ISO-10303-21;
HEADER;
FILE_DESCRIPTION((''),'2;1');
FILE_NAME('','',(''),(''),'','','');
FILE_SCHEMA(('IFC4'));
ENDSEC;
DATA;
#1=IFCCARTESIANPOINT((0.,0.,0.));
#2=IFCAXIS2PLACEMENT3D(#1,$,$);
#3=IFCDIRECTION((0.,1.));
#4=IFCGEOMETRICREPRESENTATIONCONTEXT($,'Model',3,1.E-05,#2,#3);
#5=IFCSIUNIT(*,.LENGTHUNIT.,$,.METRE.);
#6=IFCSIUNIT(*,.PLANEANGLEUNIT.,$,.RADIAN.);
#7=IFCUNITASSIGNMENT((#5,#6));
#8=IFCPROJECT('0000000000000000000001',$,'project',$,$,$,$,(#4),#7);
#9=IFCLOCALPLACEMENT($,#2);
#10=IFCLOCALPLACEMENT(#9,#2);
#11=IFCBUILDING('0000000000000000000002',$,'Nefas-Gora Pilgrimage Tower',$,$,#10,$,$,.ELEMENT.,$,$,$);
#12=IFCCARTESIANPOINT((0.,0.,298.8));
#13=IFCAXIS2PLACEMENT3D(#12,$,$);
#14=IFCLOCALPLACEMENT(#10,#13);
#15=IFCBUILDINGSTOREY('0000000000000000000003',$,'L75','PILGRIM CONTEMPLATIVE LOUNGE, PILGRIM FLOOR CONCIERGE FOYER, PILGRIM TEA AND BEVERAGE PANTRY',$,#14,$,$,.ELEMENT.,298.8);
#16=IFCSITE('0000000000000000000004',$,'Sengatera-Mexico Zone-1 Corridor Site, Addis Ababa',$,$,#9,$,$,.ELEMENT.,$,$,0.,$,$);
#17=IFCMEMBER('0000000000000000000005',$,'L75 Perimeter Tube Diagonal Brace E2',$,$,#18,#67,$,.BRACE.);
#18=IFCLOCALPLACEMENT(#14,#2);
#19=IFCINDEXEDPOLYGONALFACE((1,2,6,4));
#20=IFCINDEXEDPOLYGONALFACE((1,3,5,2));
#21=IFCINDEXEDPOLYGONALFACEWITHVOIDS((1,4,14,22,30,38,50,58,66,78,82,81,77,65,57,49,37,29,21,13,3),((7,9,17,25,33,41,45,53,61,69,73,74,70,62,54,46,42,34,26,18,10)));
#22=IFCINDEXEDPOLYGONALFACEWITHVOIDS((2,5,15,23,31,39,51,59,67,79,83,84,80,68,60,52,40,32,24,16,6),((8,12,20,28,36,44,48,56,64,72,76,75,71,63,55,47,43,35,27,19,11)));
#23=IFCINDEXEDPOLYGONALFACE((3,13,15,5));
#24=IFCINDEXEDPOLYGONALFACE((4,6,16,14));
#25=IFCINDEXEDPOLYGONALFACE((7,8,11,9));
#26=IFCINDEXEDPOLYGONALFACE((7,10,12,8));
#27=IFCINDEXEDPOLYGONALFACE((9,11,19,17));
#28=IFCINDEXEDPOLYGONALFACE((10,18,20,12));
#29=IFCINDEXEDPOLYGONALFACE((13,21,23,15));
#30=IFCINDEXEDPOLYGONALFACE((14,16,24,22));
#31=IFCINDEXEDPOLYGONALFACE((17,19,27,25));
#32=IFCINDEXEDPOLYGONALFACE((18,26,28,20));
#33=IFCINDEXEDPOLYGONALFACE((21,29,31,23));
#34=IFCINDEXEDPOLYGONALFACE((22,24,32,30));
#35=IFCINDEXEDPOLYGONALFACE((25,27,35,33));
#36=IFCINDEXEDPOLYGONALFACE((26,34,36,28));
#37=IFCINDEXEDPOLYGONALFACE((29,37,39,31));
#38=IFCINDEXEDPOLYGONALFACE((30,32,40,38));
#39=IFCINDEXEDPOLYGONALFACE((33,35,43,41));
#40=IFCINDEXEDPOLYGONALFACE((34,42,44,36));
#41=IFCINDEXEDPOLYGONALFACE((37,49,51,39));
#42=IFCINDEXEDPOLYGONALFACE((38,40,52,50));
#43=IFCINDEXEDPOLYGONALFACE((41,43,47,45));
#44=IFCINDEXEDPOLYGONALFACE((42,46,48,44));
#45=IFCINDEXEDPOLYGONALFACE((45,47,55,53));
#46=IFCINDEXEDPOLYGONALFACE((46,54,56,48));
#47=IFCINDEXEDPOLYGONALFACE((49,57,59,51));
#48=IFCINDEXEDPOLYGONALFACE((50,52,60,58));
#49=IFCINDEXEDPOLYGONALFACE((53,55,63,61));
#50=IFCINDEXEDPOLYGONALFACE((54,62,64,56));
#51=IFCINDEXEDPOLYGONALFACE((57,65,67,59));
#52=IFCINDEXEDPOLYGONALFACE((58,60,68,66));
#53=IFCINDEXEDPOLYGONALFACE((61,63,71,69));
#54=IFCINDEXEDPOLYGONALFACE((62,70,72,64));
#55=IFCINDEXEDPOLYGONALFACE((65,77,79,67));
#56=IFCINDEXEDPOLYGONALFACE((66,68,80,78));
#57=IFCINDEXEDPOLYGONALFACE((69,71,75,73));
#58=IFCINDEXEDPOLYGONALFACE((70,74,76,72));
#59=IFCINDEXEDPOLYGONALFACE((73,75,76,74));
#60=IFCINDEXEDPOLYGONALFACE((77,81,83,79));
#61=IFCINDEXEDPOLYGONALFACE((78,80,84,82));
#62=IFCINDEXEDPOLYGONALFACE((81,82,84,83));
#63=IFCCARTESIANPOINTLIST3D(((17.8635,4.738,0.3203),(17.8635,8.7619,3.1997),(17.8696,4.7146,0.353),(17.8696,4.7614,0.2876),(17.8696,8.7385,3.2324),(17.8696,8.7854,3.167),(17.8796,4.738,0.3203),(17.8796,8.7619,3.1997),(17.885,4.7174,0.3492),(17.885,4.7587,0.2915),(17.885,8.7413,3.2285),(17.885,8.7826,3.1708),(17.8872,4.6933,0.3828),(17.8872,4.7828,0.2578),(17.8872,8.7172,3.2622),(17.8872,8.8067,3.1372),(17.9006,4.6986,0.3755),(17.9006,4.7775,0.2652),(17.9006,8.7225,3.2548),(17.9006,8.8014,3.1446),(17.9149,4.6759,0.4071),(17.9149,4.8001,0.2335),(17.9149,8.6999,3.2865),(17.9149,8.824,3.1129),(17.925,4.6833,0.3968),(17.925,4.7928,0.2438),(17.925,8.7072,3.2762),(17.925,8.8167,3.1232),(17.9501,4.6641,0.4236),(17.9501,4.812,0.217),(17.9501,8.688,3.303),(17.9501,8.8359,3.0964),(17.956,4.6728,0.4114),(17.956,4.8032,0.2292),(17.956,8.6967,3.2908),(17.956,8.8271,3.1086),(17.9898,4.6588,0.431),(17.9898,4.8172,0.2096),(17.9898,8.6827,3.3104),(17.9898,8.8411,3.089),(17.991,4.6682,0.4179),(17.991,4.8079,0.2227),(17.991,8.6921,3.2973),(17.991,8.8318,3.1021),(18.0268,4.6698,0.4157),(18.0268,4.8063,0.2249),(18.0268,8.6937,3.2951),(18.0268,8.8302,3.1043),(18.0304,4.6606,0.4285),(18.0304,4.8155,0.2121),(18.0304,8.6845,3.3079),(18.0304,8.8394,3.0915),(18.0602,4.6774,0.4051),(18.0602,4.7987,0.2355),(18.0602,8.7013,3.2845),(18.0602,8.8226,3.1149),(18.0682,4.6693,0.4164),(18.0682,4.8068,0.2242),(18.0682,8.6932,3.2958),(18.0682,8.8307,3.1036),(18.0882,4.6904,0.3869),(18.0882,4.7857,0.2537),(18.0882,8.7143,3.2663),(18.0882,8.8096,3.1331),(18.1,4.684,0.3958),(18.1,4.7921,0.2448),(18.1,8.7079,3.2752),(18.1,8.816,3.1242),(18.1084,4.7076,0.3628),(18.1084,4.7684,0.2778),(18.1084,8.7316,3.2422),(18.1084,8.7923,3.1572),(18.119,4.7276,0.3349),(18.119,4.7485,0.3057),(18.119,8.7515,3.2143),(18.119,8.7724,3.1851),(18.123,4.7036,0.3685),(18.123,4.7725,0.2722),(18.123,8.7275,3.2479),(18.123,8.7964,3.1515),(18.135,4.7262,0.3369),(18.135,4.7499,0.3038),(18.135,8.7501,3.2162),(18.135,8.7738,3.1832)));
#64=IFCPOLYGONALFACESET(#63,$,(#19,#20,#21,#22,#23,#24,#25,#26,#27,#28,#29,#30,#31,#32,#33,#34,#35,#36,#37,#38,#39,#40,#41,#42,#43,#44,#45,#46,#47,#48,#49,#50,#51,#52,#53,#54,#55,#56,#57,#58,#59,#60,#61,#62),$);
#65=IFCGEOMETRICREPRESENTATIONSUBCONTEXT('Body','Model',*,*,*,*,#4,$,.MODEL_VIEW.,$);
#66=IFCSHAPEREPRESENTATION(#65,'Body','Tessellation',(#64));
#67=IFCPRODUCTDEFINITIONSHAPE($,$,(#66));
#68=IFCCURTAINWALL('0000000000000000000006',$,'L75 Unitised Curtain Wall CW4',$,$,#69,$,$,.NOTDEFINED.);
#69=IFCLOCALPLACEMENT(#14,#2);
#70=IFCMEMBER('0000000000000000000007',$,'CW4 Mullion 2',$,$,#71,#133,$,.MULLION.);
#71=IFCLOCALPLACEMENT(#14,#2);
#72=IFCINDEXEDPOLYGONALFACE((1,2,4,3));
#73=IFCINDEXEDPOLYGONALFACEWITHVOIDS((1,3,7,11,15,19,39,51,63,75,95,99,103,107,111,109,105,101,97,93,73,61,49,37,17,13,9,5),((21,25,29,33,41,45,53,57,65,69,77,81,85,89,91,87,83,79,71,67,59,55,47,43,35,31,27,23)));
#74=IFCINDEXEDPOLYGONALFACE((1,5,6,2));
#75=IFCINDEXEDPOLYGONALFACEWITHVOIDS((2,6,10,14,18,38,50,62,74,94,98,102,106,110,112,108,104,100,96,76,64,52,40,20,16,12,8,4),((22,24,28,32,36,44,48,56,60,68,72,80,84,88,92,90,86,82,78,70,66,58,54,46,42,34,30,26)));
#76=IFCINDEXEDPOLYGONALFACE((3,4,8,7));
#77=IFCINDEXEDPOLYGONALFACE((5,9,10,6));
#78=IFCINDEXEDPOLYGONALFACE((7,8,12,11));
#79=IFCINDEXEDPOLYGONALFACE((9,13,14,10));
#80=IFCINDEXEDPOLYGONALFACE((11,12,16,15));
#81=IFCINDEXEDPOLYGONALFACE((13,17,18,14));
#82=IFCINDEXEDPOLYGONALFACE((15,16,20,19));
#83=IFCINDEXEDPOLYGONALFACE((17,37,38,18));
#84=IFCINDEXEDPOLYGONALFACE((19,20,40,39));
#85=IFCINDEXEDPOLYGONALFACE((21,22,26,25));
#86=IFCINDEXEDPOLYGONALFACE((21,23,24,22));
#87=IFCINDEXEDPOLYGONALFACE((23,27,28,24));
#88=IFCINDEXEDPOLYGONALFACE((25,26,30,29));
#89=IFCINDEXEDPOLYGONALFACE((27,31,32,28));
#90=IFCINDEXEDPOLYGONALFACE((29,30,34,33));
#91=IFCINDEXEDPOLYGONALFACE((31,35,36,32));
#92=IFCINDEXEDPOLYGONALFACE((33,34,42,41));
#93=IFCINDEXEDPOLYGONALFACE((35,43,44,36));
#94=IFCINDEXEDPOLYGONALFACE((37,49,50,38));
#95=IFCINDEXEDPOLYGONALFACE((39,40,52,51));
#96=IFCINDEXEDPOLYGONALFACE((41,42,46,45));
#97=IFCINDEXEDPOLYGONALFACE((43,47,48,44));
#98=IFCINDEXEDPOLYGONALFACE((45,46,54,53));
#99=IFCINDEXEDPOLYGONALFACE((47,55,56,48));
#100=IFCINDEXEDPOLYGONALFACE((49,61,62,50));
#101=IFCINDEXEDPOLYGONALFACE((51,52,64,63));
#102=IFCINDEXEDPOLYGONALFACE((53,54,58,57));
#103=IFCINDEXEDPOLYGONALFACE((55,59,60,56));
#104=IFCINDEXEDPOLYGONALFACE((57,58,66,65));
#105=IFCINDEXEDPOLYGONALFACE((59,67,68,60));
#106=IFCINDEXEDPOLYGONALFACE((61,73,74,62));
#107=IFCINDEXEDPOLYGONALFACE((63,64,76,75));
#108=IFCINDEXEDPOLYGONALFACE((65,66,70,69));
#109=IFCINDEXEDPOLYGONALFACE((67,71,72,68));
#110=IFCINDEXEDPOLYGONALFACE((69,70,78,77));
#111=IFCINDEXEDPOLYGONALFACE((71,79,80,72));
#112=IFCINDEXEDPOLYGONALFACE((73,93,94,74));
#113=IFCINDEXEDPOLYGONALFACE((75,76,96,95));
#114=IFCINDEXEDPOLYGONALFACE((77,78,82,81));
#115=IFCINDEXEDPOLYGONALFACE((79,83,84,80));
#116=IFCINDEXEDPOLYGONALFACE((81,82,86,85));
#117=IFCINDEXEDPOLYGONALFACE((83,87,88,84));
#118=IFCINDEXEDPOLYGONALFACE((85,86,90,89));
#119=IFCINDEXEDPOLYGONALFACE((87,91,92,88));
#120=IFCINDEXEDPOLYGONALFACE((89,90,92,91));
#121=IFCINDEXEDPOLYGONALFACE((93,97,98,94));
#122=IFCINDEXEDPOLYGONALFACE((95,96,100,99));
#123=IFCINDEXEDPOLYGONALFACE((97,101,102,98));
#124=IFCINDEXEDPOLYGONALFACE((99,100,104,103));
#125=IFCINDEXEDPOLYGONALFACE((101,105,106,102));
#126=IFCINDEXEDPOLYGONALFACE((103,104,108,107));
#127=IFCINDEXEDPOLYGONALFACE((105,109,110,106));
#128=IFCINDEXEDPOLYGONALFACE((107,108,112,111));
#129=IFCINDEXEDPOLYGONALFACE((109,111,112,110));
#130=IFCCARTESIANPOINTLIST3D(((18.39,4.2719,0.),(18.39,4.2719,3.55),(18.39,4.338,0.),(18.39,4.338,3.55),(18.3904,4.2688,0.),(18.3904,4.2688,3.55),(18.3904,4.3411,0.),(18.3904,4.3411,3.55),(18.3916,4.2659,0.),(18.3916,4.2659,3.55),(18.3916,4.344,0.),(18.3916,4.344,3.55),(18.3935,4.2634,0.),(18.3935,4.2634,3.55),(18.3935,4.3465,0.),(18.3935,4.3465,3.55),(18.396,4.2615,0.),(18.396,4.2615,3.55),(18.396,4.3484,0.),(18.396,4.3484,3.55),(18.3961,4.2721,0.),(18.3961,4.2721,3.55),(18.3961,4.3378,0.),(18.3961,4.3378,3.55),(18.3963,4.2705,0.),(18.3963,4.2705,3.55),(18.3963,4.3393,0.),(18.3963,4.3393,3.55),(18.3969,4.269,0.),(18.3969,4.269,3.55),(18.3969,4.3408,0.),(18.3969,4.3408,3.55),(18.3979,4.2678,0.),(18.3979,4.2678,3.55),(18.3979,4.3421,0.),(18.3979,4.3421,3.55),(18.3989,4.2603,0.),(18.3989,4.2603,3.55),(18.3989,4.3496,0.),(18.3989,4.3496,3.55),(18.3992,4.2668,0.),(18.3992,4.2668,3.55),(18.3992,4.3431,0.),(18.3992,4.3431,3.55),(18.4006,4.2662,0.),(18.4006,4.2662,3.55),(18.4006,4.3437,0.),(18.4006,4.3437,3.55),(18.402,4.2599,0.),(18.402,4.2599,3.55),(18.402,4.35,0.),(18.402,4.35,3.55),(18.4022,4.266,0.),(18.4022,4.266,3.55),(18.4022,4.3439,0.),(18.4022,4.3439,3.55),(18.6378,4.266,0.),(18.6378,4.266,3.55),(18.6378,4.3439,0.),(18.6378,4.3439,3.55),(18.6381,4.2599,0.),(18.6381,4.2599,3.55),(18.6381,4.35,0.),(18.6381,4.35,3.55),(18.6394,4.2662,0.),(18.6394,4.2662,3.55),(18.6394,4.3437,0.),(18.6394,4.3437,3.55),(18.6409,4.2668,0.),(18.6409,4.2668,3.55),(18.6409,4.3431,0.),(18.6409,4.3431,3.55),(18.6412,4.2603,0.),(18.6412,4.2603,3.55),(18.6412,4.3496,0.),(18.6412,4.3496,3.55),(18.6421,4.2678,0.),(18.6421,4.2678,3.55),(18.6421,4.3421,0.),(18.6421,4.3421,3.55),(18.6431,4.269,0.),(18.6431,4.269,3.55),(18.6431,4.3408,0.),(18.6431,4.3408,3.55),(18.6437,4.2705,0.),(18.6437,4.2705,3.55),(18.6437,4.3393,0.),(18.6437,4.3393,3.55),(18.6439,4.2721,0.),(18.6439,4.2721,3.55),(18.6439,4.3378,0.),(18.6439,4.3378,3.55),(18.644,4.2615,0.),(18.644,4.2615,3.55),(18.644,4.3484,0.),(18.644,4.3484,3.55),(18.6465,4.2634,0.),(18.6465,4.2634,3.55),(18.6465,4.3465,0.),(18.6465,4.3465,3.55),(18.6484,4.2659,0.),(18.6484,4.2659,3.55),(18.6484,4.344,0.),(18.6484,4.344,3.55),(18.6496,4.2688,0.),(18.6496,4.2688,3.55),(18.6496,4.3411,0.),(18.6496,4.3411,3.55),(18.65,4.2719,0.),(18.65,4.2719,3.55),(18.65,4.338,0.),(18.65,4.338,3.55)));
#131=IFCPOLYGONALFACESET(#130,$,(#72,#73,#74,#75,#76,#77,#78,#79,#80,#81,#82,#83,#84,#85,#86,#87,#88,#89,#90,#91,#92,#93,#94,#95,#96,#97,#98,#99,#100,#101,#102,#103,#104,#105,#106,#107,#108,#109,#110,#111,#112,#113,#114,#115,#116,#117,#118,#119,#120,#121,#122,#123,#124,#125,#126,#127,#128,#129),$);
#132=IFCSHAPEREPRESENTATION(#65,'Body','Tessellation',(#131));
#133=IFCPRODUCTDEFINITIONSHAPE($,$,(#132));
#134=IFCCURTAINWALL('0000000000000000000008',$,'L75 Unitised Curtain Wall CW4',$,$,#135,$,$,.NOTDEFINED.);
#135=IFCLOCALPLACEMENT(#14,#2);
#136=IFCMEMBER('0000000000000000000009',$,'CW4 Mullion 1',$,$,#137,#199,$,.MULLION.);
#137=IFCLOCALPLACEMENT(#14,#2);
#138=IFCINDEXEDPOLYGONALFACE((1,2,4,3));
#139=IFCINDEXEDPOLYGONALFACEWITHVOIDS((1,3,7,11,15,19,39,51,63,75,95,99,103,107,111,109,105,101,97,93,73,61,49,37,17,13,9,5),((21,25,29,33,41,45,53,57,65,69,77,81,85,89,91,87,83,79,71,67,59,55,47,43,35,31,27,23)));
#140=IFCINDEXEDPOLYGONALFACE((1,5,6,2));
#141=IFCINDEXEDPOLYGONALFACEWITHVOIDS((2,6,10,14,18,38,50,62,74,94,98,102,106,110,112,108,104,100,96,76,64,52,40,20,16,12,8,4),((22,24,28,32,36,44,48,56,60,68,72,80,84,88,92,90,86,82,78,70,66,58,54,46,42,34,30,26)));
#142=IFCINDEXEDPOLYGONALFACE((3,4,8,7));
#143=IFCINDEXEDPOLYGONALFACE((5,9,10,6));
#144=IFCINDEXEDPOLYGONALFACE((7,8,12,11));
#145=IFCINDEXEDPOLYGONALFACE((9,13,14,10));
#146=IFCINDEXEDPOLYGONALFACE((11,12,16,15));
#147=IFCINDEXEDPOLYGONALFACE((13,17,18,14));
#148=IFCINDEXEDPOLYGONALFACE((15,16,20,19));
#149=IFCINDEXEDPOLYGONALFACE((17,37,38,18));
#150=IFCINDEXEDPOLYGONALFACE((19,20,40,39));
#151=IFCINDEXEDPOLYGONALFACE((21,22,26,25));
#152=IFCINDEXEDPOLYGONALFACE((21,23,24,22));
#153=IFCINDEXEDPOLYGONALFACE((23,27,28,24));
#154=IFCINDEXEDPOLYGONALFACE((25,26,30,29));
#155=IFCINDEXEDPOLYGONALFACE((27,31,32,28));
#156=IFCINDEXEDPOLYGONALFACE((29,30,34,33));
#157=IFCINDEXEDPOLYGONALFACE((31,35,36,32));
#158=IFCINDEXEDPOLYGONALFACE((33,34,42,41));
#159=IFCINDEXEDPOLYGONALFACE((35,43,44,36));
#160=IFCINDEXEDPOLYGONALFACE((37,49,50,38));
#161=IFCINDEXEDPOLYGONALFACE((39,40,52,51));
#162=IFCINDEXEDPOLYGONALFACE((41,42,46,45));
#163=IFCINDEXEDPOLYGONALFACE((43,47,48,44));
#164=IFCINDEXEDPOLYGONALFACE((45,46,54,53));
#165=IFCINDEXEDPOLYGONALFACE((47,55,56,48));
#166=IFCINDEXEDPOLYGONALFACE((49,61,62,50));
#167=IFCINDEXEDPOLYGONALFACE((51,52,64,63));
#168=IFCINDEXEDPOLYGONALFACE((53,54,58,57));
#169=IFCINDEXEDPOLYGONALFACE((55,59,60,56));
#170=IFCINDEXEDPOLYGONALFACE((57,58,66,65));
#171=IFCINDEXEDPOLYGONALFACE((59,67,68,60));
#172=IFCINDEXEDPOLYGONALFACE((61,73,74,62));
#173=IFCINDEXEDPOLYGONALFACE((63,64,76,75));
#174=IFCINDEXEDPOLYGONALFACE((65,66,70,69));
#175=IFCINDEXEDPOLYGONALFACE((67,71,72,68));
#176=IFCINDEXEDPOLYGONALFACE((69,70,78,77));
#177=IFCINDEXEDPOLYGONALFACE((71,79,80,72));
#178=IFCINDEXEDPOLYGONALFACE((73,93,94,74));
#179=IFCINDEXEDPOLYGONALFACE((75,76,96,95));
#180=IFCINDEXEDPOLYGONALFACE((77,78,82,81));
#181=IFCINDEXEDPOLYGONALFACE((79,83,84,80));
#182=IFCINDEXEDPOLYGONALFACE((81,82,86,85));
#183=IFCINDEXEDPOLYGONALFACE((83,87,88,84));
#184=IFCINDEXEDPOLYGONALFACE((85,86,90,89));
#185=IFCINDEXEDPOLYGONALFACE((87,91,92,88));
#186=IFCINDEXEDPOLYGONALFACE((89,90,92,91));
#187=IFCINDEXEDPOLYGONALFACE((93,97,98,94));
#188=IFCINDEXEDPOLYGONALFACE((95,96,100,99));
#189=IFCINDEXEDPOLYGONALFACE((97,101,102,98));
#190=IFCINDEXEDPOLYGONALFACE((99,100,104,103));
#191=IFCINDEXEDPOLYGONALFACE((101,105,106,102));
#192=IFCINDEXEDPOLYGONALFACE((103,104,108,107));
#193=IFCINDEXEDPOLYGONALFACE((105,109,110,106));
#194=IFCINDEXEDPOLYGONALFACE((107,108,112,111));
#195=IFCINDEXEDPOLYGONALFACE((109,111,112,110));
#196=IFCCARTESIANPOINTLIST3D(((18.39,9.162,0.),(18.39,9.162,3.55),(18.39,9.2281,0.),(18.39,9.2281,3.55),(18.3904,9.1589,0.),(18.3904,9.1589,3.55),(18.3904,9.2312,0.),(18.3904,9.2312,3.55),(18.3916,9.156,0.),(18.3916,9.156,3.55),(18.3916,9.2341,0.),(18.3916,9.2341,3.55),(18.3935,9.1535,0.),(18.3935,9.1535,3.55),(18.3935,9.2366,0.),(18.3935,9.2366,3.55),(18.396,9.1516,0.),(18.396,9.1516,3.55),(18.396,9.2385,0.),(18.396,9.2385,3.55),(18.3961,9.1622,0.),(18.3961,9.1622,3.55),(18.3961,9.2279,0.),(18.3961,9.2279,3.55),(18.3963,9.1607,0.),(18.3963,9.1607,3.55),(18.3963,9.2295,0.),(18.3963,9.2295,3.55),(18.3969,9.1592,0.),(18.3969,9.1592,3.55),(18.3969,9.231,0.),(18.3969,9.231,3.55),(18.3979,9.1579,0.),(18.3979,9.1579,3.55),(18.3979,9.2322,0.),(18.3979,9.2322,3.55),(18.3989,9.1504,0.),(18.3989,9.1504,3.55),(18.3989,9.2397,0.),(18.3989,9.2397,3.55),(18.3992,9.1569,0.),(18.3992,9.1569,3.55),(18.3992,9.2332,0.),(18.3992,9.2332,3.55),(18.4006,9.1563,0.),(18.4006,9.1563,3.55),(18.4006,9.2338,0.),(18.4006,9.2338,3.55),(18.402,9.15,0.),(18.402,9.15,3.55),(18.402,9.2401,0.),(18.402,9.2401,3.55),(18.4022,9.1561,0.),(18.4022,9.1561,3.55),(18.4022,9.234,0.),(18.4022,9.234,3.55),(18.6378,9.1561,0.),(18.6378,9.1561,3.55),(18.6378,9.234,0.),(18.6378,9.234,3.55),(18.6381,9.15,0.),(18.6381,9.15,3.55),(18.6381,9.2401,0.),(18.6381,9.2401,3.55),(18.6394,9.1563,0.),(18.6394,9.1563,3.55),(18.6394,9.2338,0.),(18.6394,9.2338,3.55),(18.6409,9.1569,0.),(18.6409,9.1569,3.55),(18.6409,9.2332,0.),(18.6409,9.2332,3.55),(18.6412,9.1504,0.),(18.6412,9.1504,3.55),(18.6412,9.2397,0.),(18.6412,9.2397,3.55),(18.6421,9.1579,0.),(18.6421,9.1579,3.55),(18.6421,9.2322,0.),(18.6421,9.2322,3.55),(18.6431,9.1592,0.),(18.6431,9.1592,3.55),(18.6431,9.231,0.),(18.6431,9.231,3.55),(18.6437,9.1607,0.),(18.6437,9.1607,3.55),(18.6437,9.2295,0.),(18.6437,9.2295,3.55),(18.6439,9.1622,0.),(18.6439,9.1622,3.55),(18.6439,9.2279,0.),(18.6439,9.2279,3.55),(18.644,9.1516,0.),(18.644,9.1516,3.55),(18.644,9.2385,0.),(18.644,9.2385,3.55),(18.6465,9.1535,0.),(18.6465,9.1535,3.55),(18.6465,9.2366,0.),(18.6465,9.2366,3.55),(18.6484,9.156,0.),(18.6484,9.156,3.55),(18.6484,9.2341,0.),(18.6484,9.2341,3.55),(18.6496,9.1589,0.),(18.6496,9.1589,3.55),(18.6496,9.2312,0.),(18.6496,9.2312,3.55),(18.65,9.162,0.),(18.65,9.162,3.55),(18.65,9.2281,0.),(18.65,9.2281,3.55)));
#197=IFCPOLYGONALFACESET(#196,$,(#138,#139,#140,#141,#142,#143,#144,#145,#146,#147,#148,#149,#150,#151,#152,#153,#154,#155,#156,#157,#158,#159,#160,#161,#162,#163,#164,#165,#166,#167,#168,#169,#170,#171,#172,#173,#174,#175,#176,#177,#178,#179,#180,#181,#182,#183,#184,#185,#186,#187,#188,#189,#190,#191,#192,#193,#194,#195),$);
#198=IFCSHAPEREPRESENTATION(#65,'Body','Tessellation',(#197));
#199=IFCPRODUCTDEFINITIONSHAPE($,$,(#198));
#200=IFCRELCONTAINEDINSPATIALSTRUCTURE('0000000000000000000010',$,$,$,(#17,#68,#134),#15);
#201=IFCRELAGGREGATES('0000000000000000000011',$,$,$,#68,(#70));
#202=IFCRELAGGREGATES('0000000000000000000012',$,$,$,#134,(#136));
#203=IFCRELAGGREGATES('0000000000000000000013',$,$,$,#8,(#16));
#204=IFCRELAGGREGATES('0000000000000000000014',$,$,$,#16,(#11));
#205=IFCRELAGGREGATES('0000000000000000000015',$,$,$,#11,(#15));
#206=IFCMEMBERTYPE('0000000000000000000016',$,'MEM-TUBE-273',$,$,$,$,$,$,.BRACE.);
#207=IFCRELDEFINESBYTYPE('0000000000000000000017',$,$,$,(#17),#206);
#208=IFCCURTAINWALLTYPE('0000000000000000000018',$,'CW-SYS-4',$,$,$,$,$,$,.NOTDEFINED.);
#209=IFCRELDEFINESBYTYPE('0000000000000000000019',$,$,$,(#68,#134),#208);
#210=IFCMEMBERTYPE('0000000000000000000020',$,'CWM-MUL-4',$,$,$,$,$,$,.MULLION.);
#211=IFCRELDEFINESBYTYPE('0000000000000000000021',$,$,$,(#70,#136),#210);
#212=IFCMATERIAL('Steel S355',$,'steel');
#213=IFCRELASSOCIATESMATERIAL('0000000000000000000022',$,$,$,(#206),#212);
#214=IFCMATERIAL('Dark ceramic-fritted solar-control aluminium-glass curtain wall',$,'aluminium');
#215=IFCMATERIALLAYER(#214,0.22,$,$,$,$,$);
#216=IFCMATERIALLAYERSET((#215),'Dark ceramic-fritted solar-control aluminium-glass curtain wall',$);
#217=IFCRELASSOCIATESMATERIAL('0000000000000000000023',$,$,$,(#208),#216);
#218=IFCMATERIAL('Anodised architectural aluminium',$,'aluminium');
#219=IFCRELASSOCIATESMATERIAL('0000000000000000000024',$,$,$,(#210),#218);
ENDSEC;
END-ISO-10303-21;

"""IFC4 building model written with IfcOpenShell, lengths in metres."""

from ifc_helpers import new_model, si_unit, direction, frame, origin, origin_2d, place, context, subcontext, project, spatial, hollow_rectangle, hollow_circle, extrude, source, transform, mapped, material, layer, layer_set, material_profile, profile_set, type_object, element, aggregate, save


model = new_model("IFC4")

# Units and contexts
model_context = context("Model", 3, precision=1e-05, world=origin(), true_north=direction((0.0, 1.0)))
body_context = subcontext(model_context, "Body", "Model", "MODEL_VIEW")
ifc_project = project(units=[si_unit("LENGTHUNIT", "METRE"), si_unit("PLANEANGLEUNIT", "RADIAN")], contexts=[model_context])

# Site, building, storey
site_placement = place(None, origin())
site = spatial("IfcSite", under=ifc_project, at=site_placement, Name="Sengatera-Mexico Zone-1 Corridor Site, Addis Ababa", CompositionType="ELEMENT", RefElevation=0.0)
building_placement = place(site_placement, origin())
building = spatial("IfcBuilding", under=site, at=building_placement, Name="Nefas-Gora Pilgrimage Tower", CompositionType="ELEMENT")
storey_placement = place(building_placement, frame((0.0, 0.0, 298.8)))
storey = spatial("IfcBuildingStorey", under=building, at=storey_placement, Name="L75", Description="PILGRIM CONTEMPLATIVE LOUNGE, PILGRIM FLOOR CONCIERGE FOYER, PILGRIM TEA AND BEVERAGE PANTRY", CompositionType="ELEMENT", Elevation=298.8)

# Shared definitions
ifc_material_1 = material(Name="Steel S355", Category="steel")

# Member
ifc_material_profile_1 = material_profile(ifc_material_1, hollow_circle(Radius=0.1365, WallThickness=0.0161, at=origin_2d()), Name="CHS 273x16")
ifc_profile_set_1 = profile_set([ifc_material_profile_1], Name="Steel S355")
member_type_1 = type_object("IfcMemberType", Name="MEM-TUBE-273", PredefinedType="BRACE", material=ifc_profile_set_1)
shared_shape_1 = source(origin(), body_context, "Body", "SweptSolid", [
    extrude(hollow_circle(Radius=0.1365, WallThickness=0.0161, at=origin_2d()), origin(), (0.0, 0.0, 1.0), 4.948),
])
member_1_placement = place(storey_placement, frame((18.0, 4.738, 0.3203), z_axis=(0.0, 0.81324, 0.581929), x_axis=(-1.0, 0.0, 0.0)))
element("IfcMember", 1, at=member_1_placement, inside=storey, type_object=member_type_1, Name="L75 Perimeter Tube Diagonal Brace E2", PredefinedType="BRACE", context=body_context, shape_type="MappedRepresentation", body=[
    mapped(shared_shape_1, transform((0.0, 0.0, 0.0), x_axis=(1.0, 0.0, 0.0), y_axis=(0.0, 1.0, 0.0), z_axis=(0.0, 0.0, 1.0), scale=1.0)),
])

# Curtain walls, members
ifc_material_2 = material(Name="Dark ceramic-fritted solar-control aluminium-glass curtain wall", Category="aluminium")
ifc_layer_1 = layer(ifc_material_2, 0.22)
ifc_layer_set_1 = layer_set([ifc_layer_1], Name="Dark ceramic-fritted solar-control aluminium-glass curtain wall")
curtain_wall_type = type_object("IfcCurtainWallType", Name="CW-SYS-4", PredefinedType="NOTDEFINED", material=ifc_layer_set_1)
curtain_wall_1_placement = place(storey_placement, origin())
curtain_wall_1 = element("IfcCurtainWall", 2, at=curtain_wall_1_placement, inside=storey, type_object=curtain_wall_type, Name="L75 Unitised Curtain Wall CW4", PredefinedType="NOTDEFINED")
ifc_material_3 = material(Name="Anodised architectural aluminium", Category="aluminium")
ifc_material_profile_2 = material_profile(ifc_material_3, hollow_rectangle(XDim=0.0901, YDim=0.26, WallThickness=0.0061, InnerFilletRadius=0.0061, OuterFilletRadius=0.012, at=origin_2d()), Name="ALU MULLION 90x260")
ifc_profile_set_2 = profile_set([ifc_material_profile_2], Name="Anodised architectural aluminium")
member_type_2 = type_object("IfcMemberType", Name="CWM-MUL-4", PredefinedType="MULLION", material=ifc_profile_set_2)
shared_shape_2 = source(origin(), body_context, "Body", "SweptSolid", [
    extrude(hollow_rectangle(XDim=0.0901, YDim=0.26, WallThickness=0.0061, InnerFilletRadius=0.0061, OuterFilletRadius=0.012, at=origin_2d()), origin(), (0.0, 0.0, 1.0), 3.55),
])
member_2_placement = place(storey_placement, frame((18.52, 4.3049, 0.0), z_axis=(0.0, 0.0, 1.0), x_axis=(0.0, 1.0, 0.0)))
member_2 = element("IfcMember", 3, at=member_2_placement, type_object=member_type_2, Name="CW4 Mullion 2", PredefinedType="MULLION", context=body_context, shape_type="MappedRepresentation", body=[
    mapped(shared_shape_2, transform((0.0, 0.0, 0.0), x_axis=(1.0, 0.0, 0.0), y_axis=(0.0, 1.0, 0.0), z_axis=(0.0, 0.0, 1.0), scale=1.0)),
])
aggregate(curtain_wall_1, [member_2])
curtain_wall_2_placement = place(storey_placement, origin())
curtain_wall_2 = element("IfcCurtainWall", 4, at=curtain_wall_2_placement, inside=storey, type_object=curtain_wall_type, Name="L75 Unitised Curtain Wall CW4", PredefinedType="NOTDEFINED")
member_3_placement = place(storey_placement, frame((18.52, 9.1951, 0.0), z_axis=(0.0, 0.0, 1.0), x_axis=(0.0, 1.0, 0.0)))
member_3 = element("IfcMember", 5, at=member_3_placement, type_object=member_type_2, Name="CW4 Mullion 1", PredefinedType="MULLION", context=body_context, shape_type="MappedRepresentation", body=[
    mapped(shared_shape_2, transform((0.0, 0.0, 0.0), x_axis=(1.0, 0.0, 0.0), y_axis=(0.0, 1.0, 0.0), z_axis=(0.0, 0.0, 1.0), scale=1.0)),
])
aggregate(curtain_wall_2, [member_3])

save(model, "model.ifc")
